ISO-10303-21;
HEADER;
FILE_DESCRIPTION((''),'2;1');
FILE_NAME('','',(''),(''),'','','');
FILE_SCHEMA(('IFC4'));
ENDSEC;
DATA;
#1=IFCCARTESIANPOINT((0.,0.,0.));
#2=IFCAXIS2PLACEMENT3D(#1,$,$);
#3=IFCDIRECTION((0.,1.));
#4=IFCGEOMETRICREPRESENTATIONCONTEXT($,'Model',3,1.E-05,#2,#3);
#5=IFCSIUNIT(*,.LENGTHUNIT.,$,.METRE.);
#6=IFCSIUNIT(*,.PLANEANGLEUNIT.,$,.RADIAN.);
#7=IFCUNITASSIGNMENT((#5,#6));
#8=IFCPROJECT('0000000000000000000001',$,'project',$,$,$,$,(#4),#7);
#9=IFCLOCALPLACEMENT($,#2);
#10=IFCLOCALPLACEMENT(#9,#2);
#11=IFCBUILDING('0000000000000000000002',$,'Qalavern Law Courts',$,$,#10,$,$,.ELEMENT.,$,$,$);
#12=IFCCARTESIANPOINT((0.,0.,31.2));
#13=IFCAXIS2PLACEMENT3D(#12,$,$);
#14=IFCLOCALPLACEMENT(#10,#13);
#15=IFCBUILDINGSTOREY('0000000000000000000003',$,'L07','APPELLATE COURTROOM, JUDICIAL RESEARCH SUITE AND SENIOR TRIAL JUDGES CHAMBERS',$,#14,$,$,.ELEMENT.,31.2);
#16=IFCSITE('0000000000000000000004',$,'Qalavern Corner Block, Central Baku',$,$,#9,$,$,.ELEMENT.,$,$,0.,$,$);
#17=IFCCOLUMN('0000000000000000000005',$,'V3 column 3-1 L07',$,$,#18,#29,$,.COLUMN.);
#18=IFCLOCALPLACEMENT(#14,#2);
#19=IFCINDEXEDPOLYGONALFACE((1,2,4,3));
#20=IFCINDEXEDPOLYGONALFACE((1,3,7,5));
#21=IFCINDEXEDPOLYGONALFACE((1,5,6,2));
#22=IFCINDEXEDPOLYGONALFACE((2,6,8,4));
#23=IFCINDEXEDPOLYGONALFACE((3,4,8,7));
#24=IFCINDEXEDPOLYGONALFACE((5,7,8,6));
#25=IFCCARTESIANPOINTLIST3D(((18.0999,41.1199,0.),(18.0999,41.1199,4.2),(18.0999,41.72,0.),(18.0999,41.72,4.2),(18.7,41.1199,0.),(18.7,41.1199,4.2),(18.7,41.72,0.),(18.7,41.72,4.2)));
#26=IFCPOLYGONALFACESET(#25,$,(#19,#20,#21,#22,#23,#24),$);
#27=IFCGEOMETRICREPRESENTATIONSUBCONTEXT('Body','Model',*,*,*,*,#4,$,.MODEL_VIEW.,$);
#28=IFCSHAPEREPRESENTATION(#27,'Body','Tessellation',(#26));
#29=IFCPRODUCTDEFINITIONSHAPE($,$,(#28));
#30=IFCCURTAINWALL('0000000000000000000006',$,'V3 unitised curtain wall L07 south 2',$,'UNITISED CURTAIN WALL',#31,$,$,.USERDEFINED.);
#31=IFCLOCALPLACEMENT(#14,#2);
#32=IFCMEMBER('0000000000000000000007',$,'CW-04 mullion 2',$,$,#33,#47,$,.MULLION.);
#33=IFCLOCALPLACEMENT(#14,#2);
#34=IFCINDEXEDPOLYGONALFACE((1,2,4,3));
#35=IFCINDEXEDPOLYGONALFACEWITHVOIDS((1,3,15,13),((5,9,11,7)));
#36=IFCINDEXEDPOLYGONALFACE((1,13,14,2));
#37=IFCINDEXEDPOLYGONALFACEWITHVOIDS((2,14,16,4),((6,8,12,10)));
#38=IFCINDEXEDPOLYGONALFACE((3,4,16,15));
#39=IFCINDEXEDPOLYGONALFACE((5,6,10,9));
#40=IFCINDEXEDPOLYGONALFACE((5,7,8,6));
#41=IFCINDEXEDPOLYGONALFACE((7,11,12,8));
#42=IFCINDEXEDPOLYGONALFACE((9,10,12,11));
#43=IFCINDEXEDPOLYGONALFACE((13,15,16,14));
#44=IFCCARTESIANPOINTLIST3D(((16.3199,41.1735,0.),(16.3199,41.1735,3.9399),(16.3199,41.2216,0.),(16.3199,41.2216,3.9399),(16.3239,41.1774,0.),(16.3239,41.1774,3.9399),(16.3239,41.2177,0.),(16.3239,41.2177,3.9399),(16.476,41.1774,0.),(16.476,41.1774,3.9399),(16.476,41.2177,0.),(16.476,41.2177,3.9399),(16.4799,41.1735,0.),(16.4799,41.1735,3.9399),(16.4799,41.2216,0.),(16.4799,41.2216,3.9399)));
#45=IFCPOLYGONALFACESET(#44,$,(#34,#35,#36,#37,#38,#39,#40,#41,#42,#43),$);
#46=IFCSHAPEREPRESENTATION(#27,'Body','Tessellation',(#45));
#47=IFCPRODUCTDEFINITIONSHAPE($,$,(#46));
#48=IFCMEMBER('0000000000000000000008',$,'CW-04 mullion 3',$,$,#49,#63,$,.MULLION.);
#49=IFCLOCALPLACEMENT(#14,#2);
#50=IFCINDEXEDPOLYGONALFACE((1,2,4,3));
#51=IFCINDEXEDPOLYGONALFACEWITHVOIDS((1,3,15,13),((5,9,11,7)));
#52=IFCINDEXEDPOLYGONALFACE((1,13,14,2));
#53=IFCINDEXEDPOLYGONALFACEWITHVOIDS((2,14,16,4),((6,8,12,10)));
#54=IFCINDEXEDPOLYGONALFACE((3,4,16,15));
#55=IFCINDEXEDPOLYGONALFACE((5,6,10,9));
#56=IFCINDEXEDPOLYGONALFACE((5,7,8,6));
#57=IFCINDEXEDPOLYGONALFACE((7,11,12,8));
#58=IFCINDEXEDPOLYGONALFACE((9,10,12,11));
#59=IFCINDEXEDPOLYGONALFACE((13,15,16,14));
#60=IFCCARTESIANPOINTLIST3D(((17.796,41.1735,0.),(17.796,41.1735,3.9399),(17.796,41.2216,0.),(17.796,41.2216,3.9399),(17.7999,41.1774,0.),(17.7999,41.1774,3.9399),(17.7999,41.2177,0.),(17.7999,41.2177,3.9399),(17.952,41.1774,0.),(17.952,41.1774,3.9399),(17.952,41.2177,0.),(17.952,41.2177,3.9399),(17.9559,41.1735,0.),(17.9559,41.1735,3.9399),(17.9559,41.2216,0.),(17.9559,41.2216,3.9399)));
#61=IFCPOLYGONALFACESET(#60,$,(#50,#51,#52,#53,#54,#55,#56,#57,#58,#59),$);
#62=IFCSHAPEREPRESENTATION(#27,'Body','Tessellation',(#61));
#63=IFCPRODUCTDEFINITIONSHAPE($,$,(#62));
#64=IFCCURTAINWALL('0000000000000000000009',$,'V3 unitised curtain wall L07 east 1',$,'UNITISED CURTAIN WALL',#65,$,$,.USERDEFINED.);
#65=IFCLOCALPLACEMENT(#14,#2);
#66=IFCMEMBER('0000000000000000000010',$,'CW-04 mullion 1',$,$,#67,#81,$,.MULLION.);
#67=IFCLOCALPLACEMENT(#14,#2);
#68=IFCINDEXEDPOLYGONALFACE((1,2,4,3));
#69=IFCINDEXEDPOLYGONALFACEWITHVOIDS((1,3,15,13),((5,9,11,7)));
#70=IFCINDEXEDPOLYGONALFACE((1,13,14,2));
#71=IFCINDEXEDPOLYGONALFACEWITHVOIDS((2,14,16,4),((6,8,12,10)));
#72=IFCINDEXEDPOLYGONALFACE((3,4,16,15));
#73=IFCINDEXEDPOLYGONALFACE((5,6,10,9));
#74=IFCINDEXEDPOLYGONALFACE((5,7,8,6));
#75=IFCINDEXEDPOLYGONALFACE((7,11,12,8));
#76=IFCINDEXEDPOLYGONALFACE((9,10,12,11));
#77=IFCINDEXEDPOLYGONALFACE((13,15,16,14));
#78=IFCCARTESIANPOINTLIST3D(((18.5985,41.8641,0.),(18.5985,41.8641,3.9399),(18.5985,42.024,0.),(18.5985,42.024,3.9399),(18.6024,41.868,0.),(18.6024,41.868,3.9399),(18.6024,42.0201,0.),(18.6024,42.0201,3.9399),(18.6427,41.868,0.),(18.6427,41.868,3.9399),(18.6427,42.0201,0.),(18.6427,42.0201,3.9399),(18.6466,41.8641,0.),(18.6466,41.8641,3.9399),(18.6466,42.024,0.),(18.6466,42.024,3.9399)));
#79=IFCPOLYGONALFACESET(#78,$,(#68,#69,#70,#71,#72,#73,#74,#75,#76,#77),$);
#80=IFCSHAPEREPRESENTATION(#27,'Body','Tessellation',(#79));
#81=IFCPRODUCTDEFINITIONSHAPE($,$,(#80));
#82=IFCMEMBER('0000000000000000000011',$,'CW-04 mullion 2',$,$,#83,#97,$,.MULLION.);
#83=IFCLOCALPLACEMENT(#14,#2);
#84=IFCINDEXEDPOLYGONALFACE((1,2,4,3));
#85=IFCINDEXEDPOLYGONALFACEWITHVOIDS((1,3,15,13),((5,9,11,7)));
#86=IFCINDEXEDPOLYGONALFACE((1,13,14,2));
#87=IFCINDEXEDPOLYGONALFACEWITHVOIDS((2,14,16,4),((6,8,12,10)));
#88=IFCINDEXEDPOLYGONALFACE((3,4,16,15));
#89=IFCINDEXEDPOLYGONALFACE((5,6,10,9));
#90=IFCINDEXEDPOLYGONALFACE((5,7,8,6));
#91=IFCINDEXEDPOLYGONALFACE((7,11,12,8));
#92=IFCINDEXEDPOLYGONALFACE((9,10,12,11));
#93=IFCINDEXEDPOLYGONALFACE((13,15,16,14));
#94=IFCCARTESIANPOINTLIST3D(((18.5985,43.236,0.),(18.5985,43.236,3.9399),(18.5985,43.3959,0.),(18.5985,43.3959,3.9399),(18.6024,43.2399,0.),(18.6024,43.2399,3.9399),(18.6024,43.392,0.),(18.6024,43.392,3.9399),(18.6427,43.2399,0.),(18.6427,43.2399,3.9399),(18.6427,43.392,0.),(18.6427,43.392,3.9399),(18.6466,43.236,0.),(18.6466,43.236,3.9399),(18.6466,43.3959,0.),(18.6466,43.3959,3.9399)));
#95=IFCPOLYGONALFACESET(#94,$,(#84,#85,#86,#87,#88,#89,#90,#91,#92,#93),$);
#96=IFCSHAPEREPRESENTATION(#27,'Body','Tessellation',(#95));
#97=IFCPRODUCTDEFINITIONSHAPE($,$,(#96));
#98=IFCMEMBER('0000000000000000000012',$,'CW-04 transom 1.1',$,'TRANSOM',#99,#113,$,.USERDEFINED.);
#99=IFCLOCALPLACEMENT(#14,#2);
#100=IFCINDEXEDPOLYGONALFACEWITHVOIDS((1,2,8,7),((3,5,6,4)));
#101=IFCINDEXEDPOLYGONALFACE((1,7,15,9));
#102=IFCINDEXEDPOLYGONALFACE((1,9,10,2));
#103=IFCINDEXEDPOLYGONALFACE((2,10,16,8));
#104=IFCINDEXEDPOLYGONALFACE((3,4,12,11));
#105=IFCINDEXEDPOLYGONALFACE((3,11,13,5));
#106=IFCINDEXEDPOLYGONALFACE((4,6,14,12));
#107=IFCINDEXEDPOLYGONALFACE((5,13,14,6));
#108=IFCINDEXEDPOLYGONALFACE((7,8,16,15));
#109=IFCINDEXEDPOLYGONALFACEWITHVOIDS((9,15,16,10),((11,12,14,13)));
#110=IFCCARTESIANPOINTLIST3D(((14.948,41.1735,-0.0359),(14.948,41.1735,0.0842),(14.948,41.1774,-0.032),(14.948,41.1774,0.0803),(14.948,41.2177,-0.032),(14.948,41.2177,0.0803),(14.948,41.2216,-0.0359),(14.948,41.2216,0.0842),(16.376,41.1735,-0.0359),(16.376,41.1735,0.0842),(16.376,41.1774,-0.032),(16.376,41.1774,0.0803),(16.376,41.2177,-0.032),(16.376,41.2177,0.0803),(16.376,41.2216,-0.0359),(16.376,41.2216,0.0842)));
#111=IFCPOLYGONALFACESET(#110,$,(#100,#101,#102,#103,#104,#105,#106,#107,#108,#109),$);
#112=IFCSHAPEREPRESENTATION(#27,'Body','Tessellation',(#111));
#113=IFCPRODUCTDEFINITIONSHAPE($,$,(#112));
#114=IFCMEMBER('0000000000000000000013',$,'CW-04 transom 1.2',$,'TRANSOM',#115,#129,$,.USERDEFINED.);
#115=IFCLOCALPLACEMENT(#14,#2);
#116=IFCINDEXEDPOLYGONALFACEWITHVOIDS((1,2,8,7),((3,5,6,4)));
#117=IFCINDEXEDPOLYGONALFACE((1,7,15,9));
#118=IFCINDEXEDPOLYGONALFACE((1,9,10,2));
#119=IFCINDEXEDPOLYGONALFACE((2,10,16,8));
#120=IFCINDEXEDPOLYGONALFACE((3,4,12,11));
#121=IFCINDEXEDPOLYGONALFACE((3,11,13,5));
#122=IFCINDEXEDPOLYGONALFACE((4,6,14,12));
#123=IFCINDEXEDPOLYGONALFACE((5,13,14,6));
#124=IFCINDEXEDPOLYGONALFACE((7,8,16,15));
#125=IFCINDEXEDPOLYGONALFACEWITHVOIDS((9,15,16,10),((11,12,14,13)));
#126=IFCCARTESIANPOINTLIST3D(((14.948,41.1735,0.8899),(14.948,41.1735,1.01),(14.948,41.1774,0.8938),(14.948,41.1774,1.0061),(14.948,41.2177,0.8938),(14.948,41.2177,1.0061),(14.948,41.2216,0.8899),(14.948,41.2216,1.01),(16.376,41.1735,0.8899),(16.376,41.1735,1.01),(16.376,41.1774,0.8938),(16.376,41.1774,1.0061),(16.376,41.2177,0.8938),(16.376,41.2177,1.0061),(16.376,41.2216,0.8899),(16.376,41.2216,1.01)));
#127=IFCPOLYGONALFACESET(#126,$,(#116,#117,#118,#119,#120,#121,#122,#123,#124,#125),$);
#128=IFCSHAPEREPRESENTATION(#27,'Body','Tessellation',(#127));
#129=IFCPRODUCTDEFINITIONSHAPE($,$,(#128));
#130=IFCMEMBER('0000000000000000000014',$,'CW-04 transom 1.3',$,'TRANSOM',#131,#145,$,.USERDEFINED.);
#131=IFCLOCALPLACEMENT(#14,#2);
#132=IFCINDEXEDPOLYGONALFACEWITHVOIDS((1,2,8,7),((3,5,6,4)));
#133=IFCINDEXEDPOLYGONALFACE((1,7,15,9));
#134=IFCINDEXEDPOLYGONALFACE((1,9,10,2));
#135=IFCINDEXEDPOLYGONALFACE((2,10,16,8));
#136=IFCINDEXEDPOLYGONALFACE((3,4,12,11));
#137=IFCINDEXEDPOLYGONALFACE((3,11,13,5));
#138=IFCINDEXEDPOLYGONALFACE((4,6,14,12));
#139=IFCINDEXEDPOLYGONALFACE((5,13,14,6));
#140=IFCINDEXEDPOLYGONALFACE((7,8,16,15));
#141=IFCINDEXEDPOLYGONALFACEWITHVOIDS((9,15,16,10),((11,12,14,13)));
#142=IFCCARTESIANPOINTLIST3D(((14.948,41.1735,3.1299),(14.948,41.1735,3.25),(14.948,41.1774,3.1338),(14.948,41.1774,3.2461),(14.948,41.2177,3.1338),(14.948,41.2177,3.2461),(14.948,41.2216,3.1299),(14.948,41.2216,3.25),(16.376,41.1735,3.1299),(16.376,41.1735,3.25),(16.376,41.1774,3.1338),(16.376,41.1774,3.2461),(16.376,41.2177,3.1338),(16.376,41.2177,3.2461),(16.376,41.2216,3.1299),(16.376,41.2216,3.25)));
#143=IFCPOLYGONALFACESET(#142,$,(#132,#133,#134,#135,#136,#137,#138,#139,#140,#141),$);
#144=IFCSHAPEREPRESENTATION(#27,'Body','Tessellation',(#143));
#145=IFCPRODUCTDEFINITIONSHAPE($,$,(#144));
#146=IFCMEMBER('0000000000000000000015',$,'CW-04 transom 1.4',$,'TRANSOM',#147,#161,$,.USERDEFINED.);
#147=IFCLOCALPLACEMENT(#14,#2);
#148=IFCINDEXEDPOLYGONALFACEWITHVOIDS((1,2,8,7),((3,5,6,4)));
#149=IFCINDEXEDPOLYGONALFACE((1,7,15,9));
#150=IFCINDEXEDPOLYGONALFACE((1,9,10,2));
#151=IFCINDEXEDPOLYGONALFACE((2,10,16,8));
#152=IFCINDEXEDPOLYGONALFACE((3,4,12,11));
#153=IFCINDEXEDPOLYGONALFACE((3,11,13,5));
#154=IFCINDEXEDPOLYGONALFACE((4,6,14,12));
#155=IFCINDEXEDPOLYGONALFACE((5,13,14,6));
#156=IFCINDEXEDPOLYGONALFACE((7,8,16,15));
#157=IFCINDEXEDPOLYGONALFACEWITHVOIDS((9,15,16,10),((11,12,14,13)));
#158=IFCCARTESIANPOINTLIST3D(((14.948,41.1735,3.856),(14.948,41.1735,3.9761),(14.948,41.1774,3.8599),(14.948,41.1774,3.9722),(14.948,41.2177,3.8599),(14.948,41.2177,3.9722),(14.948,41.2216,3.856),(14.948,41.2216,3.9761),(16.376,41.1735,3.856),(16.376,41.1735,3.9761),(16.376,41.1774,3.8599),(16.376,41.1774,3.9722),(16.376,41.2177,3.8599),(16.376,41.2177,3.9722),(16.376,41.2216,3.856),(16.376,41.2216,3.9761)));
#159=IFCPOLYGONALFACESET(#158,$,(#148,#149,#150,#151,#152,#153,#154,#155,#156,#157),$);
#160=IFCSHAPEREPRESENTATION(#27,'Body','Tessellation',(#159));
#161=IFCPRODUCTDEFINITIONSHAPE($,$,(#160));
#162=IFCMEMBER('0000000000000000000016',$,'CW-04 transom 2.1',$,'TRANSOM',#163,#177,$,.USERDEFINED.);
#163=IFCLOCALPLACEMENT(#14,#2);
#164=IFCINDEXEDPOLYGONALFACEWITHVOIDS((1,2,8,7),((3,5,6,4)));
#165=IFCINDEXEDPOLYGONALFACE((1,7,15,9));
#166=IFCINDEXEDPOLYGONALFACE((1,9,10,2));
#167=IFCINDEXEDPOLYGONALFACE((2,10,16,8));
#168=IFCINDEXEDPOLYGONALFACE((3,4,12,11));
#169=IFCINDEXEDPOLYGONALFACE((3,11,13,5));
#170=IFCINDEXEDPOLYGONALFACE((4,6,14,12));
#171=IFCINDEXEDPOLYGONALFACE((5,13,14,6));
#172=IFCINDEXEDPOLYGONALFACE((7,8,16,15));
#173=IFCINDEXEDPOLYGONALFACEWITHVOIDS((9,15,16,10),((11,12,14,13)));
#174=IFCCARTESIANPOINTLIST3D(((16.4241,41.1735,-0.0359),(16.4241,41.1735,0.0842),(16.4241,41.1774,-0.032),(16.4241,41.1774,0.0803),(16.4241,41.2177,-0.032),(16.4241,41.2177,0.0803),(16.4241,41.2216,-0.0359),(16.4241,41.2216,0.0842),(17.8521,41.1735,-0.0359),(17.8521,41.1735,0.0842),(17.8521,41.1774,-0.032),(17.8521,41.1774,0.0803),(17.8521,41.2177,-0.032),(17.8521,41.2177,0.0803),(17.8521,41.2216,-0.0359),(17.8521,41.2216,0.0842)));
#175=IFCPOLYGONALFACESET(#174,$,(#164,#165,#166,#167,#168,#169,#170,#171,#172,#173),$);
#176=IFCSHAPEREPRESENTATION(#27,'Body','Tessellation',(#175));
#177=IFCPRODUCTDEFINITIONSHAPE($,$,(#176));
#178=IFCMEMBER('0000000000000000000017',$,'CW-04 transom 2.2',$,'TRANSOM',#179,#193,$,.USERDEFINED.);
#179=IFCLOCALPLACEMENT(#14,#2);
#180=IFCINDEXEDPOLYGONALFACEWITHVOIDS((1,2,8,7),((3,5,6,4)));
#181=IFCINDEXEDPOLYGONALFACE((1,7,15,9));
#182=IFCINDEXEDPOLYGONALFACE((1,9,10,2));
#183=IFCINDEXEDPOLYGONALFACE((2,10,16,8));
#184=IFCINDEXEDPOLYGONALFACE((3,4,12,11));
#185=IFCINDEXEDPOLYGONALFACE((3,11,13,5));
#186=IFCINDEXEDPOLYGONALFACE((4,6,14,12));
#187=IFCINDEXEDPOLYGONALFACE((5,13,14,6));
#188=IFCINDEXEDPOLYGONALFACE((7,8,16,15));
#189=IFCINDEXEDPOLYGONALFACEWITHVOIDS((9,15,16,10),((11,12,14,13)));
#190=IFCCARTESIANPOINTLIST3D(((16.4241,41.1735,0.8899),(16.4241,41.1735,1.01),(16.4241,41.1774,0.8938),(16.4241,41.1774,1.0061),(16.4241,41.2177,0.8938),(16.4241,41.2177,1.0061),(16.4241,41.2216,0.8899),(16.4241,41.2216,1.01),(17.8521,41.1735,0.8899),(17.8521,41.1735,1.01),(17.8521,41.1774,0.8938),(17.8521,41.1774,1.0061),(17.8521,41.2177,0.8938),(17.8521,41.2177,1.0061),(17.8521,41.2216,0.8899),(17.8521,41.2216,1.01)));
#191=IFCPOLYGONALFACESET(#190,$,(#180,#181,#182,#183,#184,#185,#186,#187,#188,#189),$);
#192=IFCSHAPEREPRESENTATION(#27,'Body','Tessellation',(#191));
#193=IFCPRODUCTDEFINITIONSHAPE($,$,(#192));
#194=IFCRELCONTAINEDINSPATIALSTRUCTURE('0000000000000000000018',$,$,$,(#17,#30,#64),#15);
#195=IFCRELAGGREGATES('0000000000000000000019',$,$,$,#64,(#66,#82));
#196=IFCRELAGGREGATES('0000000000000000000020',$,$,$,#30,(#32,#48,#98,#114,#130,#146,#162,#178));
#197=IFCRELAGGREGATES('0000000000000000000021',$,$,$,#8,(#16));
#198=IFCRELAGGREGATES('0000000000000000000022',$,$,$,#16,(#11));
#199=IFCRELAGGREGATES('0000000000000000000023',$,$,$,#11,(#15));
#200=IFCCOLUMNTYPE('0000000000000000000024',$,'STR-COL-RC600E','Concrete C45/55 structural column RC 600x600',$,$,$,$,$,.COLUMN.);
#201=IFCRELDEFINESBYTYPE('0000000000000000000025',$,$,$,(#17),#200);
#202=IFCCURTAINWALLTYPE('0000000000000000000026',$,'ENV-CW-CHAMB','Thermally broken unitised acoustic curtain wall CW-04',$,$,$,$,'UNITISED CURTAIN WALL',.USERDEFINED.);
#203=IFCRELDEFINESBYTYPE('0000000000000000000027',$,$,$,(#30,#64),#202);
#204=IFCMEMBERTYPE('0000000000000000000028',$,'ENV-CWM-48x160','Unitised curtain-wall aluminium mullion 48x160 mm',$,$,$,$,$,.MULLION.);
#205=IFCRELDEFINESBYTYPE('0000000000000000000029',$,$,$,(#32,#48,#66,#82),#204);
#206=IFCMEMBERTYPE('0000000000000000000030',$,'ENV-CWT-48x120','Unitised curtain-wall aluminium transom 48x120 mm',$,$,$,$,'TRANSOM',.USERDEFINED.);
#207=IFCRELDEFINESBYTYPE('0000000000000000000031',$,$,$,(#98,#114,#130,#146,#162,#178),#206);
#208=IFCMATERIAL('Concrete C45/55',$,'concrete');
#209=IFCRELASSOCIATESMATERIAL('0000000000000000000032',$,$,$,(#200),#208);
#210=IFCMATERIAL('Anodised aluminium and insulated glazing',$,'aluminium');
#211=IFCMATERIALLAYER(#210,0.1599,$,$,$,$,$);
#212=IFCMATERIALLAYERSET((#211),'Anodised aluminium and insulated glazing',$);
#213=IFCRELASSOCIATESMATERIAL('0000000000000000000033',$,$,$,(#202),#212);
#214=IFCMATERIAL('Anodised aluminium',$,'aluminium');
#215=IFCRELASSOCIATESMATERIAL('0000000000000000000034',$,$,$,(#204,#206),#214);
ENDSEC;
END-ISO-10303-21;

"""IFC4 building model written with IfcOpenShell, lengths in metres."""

from ifc_helpers import new_model, si_unit, direction, frame, origin, origin_2d, place, context, subcontext, project, spatial, rectangle, hollow_rectangle, extrude, material, layer, layer_set, material_profile, profile_set, type_object, element, aggregate, save


model = new_model("IFC4")

# Units and contexts
model_context = context("Model", 3, precision=1e-05, world=origin(), true_north=direction((0.0, 1.0)))
body_context = subcontext(model_context, "Body", "Model", "MODEL_VIEW")
ifc_project = project(units=[si_unit("LENGTHUNIT", "METRE"), si_unit("PLANEANGLEUNIT", "RADIAN")], contexts=[model_context])

# Site, building, storey
site_placement = place(None, origin())
site = spatial("IfcSite", under=ifc_project, at=site_placement, Name="Qalavern Corner Block, Central Baku", CompositionType="ELEMENT", RefElevation=0.0)
building_placement = place(site_placement, origin())
building = spatial("IfcBuilding", under=site, at=building_placement, Name="Qalavern Law Courts", CompositionType="ELEMENT")
storey_placement = place(building_placement, frame((0.0, 0.0, 31.2)))
storey = spatial("IfcBuildingStorey", under=building, at=storey_placement, Name="L07", Description="APPELLATE COURTROOM, JUDICIAL RESEARCH SUITE AND SENIOR TRIAL JUDGES CHAMBERS", CompositionType="ELEMENT", Elevation=31.2)

# Column
ifc_material_1 = material(Name="Concrete C45/55", Category="concrete")
ifc_material_profile_1 = material_profile(ifc_material_1, rectangle(XDim=0.6001, YDim=0.6001, at=origin_2d()), Name="RC 600x600")
ifc_profile_set_1 = profile_set([ifc_material_profile_1], Name="Concrete C45/55")
column_type = type_object("IfcColumnType", Name="STR-COL-RC600E", Description="Concrete C45/55 structural column RC 600x600", PredefinedType="COLUMN", material=ifc_profile_set_1)
column_placement = place(storey_placement, frame((18.3999, 41.4199, 0.0), z_axis=(0.0, 0.0, 1.0), x_axis=(1.0, 0.0, 0.0)))
element("IfcColumn", 1, at=column_placement, inside=storey, type_object=column_type, Name="V3 column 3-1 L07", PredefinedType="COLUMN", context=body_context, shape_type="SweptSolid", body=[
    extrude(rectangle(XDim=0.6001, YDim=0.6001, at=origin_2d()), origin(), (0.0, 0.0, 1.0), 4.2),
])

# Curtain walls, members
ifc_material_2 = material(Name="Anodised aluminium and insulated glazing", Category="aluminium")
ifc_layer_1 = layer(ifc_material_2, 0.1599)
ifc_layer_set_1 = layer_set([ifc_layer_1], Name="Anodised aluminium and insulated glazing")
curtain_wall_type = type_object("IfcCurtainWallType", Name="ENV-CW-CHAMB", Description="Thermally broken unitised acoustic curtain wall CW-04", ElementType="UNITISED CURTAIN WALL", PredefinedType="USERDEFINED", material=ifc_layer_set_1)
curtain_wall_1_placement = place(storey_placement, origin())
curtain_wall_1 = element("IfcCurtainWall", 2, at=curtain_wall_1_placement, inside=storey, type_object=curtain_wall_type, Name="V3 unitised curtain wall L07 south 2", ObjectType="UNITISED CURTAIN WALL", PredefinedType="USERDEFINED")
ifc_material_3 = material(Name="Anodised aluminium", Category="aluminium")
ifc_material_profile_2 = material_profile(ifc_material_3, hollow_rectangle(XDim=0.0481, YDim=0.1599, WallThickness=0.0039, at=origin_2d()), Name="ALU MULLION 48x160")
ifc_profile_set_2 = profile_set([ifc_material_profile_2], Name="Anodised aluminium")
member_type_1 = type_object("IfcMemberType", Name="ENV-CWM-48x160", Description="Unitised curtain-wall aluminium mullion 48x160 mm", PredefinedType="MULLION", material=ifc_profile_set_2)
member_1_placement = place(storey_placement, frame((16.3999, 41.1975, 0.0), z_axis=(0.0, 0.0, 1.0), x_axis=(0.0, 1.0, 0.0)))
member_1 = element("IfcMember", 3, at=member_1_placement, type_object=member_type_1, Name="CW-04 mullion 2", PredefinedType="MULLION", context=body_context, shape_type="SweptSolid", body=[
    extrude(hollow_rectangle(XDim=0.0481, YDim=0.1599, WallThickness=0.0039, at=origin_2d()), origin(), (0.0, 0.0, 1.0), 3.9399),
])
member_2_placement = place(storey_placement, frame((17.876, 41.1975, 0.0), z_axis=(0.0, 0.0, 1.0), x_axis=(0.0, 1.0, 0.0)))
member_2 = element("IfcMember", 4, at=member_2_placement, type_object=member_type_1, Name="CW-04 mullion 3", PredefinedType="MULLION", context=body_context, shape_type="SweptSolid", body=[
    extrude(hollow_rectangle(XDim=0.0481, YDim=0.1599, WallThickness=0.0039, at=origin_2d()), origin(), (0.0, 0.0, 1.0), 3.9399),
])
curtain_wall_2_placement = place(storey_placement, origin())
curtain_wall_2 = element("IfcCurtainWall", 5, at=curtain_wall_2_placement, inside=storey, type_object=curtain_wall_type, Name="V3 unitised curtain wall L07 east 1", ObjectType="UNITISED CURTAIN WALL", PredefinedType="USERDEFINED")
member_3_placement = place(storey_placement, frame((18.6226, 41.9441, 0.0), z_axis=(0.0, 0.0, 1.0), x_axis=(-1.0, 0.0, 0.0)))
member_3 = element("IfcMember", 6, at=member_3_placement, type_object=member_type_1, Name="CW-04 mullion 1", PredefinedType="MULLION", context=body_context, shape_type="SweptSolid", body=[
    extrude(hollow_rectangle(XDim=0.0481, YDim=0.1599, WallThickness=0.0039, at=origin_2d()), origin(), (0.0, 0.0, 1.0), 3.9399),
])
member_4_placement = place(storey_placement, frame((18.6226, 43.3159, 0.0), z_axis=(0.0, 0.0, 1.0), x_axis=(-1.0, 0.0, 0.0)))
member_4 = element("IfcMember", 7, at=member_4_placement, type_object=member_type_1, Name="CW-04 mullion 2", PredefinedType="MULLION", context=body_context, shape_type="SweptSolid", body=[
    extrude(hollow_rectangle(XDim=0.0481, YDim=0.1599, WallThickness=0.0039, at=origin_2d()), origin(), (0.0, 0.0, 1.0), 3.9399),
])

# Members
ifc_material_profile_3 = material_profile(ifc_material_3, hollow_rectangle(XDim=0.0481, YDim=0.1201, WallThickness=0.0039, at=origin_2d()), Name="ALU TRANSOM 48x120")
ifc_profile_set_3 = profile_set([ifc_material_profile_3], Name="Anodised aluminium")
member_type_2 = type_object("IfcMemberType", Name="ENV-CWT-48x120", Description="Unitised curtain-wall aluminium transom 48x120 mm", ElementType="TRANSOM", PredefinedType="USERDEFINED", material=ifc_profile_set_3)
member_5_placement = place(storey_placement, frame((14.948, 41.1975, 0.0242), z_axis=(1.0, 0.0, 0.0), x_axis=(0.0, 1.0, 0.0)))
member_5 = element("IfcMember", 8, at=member_5_placement, type_object=member_type_2, Name="CW-04 transom 1.1", ObjectType="TRANSOM", PredefinedType="USERDEFINED", context=body_context, shape_type="SweptSolid", body=[
    extrude(hollow_rectangle(XDim=0.0481, YDim=0.1201, WallThickness=0.0039, at=origin_2d()), origin(), (0.0, 0.0, 1.0), 1.428),
])
member_6_placement = place(storey_placement, frame((14.948, 41.1975, 0.95), z_axis=(1.0, 0.0, 0.0), x_axis=(0.0, 1.0, 0.0)))
member_6 = element("IfcMember", 9, at=member_6_placement, type_object=member_type_2, Name="CW-04 transom 1.2", ObjectType="TRANSOM", PredefinedType="USERDEFINED", context=body_context, shape_type="SweptSolid", body=[
    extrude(hollow_rectangle(XDim=0.0481, YDim=0.1201, WallThickness=0.0039, at=origin_2d()), origin(), (0.0, 0.0, 1.0), 1.428),
])
member_7_placement = place(storey_placement, frame((14.948, 41.1975, 3.1899), z_axis=(1.0, 0.0, 0.0), x_axis=(0.0, 1.0, 0.0)))
member_7 = element("IfcMember", 10, at=member_7_placement, type_object=member_type_2, Name="CW-04 transom 1.3", ObjectType="TRANSOM", PredefinedType="USERDEFINED", context=body_context, shape_type="SweptSolid", body=[
    extrude(hollow_rectangle(XDim=0.0481, YDim=0.1201, WallThickness=0.0039, at=origin_2d()), origin(), (0.0, 0.0, 1.0), 1.428),
])
member_8_placement = place(storey_placement, frame((14.948, 41.1975, 3.916), z_axis=(1.0, 0.0, 0.0), x_axis=(0.0, 1.0, 0.0)))
member_8 = element("IfcMember", 11, at=member_8_placement, type_object=member_type_2, Name="CW-04 transom 1.4", ObjectType="TRANSOM", PredefinedType="USERDEFINED", context=body_context, shape_type="SweptSolid", body=[
    extrude(hollow_rectangle(XDim=0.0481, YDim=0.1201, WallThickness=0.0039, at=origin_2d()), origin(), (0.0, 0.0, 1.0), 1.428),
])
member_9_placement = place(storey_placement, frame((16.4241, 41.1975, 0.0242), z_axis=(1.0, 0.0, 0.0), x_axis=(0.0, 1.0, 0.0)))
member_9 = element("IfcMember", 12, at=member_9_placement, type_object=member_type_2, Name="CW-04 transom 2.1", ObjectType="TRANSOM", PredefinedType="USERDEFINED", context=body_context, shape_type="SweptSolid", body=[
    extrude(hollow_rectangle(XDim=0.0481, YDim=0.1201, WallThickness=0.0039, at=origin_2d()), origin(), (0.0, 0.0, 1.0), 1.428),
])
member_10_placement = place(storey_placement, frame((16.4241, 41.1975, 0.95), z_axis=(1.0, 0.0, 0.0), x_axis=(0.0, 1.0, 0.0)))
member_10 = element("IfcMember", 13, at=member_10_placement, type_object=member_type_2, Name="CW-04 transom 2.2", ObjectType="TRANSOM", PredefinedType="USERDEFINED", context=body_context, shape_type="SweptSolid", body=[
    extrude(hollow_rectangle(XDim=0.0481, YDim=0.1201, WallThickness=0.0039, at=origin_2d()), origin(), (0.0, 0.0, 1.0), 1.428),
])

aggregate(curtain_wall_2, [member_3, member_4])
aggregate(curtain_wall_1, [member_1, member_2, member_5, member_6, member_7, member_8, member_9, member_10])

save(model, "model.ifc")
